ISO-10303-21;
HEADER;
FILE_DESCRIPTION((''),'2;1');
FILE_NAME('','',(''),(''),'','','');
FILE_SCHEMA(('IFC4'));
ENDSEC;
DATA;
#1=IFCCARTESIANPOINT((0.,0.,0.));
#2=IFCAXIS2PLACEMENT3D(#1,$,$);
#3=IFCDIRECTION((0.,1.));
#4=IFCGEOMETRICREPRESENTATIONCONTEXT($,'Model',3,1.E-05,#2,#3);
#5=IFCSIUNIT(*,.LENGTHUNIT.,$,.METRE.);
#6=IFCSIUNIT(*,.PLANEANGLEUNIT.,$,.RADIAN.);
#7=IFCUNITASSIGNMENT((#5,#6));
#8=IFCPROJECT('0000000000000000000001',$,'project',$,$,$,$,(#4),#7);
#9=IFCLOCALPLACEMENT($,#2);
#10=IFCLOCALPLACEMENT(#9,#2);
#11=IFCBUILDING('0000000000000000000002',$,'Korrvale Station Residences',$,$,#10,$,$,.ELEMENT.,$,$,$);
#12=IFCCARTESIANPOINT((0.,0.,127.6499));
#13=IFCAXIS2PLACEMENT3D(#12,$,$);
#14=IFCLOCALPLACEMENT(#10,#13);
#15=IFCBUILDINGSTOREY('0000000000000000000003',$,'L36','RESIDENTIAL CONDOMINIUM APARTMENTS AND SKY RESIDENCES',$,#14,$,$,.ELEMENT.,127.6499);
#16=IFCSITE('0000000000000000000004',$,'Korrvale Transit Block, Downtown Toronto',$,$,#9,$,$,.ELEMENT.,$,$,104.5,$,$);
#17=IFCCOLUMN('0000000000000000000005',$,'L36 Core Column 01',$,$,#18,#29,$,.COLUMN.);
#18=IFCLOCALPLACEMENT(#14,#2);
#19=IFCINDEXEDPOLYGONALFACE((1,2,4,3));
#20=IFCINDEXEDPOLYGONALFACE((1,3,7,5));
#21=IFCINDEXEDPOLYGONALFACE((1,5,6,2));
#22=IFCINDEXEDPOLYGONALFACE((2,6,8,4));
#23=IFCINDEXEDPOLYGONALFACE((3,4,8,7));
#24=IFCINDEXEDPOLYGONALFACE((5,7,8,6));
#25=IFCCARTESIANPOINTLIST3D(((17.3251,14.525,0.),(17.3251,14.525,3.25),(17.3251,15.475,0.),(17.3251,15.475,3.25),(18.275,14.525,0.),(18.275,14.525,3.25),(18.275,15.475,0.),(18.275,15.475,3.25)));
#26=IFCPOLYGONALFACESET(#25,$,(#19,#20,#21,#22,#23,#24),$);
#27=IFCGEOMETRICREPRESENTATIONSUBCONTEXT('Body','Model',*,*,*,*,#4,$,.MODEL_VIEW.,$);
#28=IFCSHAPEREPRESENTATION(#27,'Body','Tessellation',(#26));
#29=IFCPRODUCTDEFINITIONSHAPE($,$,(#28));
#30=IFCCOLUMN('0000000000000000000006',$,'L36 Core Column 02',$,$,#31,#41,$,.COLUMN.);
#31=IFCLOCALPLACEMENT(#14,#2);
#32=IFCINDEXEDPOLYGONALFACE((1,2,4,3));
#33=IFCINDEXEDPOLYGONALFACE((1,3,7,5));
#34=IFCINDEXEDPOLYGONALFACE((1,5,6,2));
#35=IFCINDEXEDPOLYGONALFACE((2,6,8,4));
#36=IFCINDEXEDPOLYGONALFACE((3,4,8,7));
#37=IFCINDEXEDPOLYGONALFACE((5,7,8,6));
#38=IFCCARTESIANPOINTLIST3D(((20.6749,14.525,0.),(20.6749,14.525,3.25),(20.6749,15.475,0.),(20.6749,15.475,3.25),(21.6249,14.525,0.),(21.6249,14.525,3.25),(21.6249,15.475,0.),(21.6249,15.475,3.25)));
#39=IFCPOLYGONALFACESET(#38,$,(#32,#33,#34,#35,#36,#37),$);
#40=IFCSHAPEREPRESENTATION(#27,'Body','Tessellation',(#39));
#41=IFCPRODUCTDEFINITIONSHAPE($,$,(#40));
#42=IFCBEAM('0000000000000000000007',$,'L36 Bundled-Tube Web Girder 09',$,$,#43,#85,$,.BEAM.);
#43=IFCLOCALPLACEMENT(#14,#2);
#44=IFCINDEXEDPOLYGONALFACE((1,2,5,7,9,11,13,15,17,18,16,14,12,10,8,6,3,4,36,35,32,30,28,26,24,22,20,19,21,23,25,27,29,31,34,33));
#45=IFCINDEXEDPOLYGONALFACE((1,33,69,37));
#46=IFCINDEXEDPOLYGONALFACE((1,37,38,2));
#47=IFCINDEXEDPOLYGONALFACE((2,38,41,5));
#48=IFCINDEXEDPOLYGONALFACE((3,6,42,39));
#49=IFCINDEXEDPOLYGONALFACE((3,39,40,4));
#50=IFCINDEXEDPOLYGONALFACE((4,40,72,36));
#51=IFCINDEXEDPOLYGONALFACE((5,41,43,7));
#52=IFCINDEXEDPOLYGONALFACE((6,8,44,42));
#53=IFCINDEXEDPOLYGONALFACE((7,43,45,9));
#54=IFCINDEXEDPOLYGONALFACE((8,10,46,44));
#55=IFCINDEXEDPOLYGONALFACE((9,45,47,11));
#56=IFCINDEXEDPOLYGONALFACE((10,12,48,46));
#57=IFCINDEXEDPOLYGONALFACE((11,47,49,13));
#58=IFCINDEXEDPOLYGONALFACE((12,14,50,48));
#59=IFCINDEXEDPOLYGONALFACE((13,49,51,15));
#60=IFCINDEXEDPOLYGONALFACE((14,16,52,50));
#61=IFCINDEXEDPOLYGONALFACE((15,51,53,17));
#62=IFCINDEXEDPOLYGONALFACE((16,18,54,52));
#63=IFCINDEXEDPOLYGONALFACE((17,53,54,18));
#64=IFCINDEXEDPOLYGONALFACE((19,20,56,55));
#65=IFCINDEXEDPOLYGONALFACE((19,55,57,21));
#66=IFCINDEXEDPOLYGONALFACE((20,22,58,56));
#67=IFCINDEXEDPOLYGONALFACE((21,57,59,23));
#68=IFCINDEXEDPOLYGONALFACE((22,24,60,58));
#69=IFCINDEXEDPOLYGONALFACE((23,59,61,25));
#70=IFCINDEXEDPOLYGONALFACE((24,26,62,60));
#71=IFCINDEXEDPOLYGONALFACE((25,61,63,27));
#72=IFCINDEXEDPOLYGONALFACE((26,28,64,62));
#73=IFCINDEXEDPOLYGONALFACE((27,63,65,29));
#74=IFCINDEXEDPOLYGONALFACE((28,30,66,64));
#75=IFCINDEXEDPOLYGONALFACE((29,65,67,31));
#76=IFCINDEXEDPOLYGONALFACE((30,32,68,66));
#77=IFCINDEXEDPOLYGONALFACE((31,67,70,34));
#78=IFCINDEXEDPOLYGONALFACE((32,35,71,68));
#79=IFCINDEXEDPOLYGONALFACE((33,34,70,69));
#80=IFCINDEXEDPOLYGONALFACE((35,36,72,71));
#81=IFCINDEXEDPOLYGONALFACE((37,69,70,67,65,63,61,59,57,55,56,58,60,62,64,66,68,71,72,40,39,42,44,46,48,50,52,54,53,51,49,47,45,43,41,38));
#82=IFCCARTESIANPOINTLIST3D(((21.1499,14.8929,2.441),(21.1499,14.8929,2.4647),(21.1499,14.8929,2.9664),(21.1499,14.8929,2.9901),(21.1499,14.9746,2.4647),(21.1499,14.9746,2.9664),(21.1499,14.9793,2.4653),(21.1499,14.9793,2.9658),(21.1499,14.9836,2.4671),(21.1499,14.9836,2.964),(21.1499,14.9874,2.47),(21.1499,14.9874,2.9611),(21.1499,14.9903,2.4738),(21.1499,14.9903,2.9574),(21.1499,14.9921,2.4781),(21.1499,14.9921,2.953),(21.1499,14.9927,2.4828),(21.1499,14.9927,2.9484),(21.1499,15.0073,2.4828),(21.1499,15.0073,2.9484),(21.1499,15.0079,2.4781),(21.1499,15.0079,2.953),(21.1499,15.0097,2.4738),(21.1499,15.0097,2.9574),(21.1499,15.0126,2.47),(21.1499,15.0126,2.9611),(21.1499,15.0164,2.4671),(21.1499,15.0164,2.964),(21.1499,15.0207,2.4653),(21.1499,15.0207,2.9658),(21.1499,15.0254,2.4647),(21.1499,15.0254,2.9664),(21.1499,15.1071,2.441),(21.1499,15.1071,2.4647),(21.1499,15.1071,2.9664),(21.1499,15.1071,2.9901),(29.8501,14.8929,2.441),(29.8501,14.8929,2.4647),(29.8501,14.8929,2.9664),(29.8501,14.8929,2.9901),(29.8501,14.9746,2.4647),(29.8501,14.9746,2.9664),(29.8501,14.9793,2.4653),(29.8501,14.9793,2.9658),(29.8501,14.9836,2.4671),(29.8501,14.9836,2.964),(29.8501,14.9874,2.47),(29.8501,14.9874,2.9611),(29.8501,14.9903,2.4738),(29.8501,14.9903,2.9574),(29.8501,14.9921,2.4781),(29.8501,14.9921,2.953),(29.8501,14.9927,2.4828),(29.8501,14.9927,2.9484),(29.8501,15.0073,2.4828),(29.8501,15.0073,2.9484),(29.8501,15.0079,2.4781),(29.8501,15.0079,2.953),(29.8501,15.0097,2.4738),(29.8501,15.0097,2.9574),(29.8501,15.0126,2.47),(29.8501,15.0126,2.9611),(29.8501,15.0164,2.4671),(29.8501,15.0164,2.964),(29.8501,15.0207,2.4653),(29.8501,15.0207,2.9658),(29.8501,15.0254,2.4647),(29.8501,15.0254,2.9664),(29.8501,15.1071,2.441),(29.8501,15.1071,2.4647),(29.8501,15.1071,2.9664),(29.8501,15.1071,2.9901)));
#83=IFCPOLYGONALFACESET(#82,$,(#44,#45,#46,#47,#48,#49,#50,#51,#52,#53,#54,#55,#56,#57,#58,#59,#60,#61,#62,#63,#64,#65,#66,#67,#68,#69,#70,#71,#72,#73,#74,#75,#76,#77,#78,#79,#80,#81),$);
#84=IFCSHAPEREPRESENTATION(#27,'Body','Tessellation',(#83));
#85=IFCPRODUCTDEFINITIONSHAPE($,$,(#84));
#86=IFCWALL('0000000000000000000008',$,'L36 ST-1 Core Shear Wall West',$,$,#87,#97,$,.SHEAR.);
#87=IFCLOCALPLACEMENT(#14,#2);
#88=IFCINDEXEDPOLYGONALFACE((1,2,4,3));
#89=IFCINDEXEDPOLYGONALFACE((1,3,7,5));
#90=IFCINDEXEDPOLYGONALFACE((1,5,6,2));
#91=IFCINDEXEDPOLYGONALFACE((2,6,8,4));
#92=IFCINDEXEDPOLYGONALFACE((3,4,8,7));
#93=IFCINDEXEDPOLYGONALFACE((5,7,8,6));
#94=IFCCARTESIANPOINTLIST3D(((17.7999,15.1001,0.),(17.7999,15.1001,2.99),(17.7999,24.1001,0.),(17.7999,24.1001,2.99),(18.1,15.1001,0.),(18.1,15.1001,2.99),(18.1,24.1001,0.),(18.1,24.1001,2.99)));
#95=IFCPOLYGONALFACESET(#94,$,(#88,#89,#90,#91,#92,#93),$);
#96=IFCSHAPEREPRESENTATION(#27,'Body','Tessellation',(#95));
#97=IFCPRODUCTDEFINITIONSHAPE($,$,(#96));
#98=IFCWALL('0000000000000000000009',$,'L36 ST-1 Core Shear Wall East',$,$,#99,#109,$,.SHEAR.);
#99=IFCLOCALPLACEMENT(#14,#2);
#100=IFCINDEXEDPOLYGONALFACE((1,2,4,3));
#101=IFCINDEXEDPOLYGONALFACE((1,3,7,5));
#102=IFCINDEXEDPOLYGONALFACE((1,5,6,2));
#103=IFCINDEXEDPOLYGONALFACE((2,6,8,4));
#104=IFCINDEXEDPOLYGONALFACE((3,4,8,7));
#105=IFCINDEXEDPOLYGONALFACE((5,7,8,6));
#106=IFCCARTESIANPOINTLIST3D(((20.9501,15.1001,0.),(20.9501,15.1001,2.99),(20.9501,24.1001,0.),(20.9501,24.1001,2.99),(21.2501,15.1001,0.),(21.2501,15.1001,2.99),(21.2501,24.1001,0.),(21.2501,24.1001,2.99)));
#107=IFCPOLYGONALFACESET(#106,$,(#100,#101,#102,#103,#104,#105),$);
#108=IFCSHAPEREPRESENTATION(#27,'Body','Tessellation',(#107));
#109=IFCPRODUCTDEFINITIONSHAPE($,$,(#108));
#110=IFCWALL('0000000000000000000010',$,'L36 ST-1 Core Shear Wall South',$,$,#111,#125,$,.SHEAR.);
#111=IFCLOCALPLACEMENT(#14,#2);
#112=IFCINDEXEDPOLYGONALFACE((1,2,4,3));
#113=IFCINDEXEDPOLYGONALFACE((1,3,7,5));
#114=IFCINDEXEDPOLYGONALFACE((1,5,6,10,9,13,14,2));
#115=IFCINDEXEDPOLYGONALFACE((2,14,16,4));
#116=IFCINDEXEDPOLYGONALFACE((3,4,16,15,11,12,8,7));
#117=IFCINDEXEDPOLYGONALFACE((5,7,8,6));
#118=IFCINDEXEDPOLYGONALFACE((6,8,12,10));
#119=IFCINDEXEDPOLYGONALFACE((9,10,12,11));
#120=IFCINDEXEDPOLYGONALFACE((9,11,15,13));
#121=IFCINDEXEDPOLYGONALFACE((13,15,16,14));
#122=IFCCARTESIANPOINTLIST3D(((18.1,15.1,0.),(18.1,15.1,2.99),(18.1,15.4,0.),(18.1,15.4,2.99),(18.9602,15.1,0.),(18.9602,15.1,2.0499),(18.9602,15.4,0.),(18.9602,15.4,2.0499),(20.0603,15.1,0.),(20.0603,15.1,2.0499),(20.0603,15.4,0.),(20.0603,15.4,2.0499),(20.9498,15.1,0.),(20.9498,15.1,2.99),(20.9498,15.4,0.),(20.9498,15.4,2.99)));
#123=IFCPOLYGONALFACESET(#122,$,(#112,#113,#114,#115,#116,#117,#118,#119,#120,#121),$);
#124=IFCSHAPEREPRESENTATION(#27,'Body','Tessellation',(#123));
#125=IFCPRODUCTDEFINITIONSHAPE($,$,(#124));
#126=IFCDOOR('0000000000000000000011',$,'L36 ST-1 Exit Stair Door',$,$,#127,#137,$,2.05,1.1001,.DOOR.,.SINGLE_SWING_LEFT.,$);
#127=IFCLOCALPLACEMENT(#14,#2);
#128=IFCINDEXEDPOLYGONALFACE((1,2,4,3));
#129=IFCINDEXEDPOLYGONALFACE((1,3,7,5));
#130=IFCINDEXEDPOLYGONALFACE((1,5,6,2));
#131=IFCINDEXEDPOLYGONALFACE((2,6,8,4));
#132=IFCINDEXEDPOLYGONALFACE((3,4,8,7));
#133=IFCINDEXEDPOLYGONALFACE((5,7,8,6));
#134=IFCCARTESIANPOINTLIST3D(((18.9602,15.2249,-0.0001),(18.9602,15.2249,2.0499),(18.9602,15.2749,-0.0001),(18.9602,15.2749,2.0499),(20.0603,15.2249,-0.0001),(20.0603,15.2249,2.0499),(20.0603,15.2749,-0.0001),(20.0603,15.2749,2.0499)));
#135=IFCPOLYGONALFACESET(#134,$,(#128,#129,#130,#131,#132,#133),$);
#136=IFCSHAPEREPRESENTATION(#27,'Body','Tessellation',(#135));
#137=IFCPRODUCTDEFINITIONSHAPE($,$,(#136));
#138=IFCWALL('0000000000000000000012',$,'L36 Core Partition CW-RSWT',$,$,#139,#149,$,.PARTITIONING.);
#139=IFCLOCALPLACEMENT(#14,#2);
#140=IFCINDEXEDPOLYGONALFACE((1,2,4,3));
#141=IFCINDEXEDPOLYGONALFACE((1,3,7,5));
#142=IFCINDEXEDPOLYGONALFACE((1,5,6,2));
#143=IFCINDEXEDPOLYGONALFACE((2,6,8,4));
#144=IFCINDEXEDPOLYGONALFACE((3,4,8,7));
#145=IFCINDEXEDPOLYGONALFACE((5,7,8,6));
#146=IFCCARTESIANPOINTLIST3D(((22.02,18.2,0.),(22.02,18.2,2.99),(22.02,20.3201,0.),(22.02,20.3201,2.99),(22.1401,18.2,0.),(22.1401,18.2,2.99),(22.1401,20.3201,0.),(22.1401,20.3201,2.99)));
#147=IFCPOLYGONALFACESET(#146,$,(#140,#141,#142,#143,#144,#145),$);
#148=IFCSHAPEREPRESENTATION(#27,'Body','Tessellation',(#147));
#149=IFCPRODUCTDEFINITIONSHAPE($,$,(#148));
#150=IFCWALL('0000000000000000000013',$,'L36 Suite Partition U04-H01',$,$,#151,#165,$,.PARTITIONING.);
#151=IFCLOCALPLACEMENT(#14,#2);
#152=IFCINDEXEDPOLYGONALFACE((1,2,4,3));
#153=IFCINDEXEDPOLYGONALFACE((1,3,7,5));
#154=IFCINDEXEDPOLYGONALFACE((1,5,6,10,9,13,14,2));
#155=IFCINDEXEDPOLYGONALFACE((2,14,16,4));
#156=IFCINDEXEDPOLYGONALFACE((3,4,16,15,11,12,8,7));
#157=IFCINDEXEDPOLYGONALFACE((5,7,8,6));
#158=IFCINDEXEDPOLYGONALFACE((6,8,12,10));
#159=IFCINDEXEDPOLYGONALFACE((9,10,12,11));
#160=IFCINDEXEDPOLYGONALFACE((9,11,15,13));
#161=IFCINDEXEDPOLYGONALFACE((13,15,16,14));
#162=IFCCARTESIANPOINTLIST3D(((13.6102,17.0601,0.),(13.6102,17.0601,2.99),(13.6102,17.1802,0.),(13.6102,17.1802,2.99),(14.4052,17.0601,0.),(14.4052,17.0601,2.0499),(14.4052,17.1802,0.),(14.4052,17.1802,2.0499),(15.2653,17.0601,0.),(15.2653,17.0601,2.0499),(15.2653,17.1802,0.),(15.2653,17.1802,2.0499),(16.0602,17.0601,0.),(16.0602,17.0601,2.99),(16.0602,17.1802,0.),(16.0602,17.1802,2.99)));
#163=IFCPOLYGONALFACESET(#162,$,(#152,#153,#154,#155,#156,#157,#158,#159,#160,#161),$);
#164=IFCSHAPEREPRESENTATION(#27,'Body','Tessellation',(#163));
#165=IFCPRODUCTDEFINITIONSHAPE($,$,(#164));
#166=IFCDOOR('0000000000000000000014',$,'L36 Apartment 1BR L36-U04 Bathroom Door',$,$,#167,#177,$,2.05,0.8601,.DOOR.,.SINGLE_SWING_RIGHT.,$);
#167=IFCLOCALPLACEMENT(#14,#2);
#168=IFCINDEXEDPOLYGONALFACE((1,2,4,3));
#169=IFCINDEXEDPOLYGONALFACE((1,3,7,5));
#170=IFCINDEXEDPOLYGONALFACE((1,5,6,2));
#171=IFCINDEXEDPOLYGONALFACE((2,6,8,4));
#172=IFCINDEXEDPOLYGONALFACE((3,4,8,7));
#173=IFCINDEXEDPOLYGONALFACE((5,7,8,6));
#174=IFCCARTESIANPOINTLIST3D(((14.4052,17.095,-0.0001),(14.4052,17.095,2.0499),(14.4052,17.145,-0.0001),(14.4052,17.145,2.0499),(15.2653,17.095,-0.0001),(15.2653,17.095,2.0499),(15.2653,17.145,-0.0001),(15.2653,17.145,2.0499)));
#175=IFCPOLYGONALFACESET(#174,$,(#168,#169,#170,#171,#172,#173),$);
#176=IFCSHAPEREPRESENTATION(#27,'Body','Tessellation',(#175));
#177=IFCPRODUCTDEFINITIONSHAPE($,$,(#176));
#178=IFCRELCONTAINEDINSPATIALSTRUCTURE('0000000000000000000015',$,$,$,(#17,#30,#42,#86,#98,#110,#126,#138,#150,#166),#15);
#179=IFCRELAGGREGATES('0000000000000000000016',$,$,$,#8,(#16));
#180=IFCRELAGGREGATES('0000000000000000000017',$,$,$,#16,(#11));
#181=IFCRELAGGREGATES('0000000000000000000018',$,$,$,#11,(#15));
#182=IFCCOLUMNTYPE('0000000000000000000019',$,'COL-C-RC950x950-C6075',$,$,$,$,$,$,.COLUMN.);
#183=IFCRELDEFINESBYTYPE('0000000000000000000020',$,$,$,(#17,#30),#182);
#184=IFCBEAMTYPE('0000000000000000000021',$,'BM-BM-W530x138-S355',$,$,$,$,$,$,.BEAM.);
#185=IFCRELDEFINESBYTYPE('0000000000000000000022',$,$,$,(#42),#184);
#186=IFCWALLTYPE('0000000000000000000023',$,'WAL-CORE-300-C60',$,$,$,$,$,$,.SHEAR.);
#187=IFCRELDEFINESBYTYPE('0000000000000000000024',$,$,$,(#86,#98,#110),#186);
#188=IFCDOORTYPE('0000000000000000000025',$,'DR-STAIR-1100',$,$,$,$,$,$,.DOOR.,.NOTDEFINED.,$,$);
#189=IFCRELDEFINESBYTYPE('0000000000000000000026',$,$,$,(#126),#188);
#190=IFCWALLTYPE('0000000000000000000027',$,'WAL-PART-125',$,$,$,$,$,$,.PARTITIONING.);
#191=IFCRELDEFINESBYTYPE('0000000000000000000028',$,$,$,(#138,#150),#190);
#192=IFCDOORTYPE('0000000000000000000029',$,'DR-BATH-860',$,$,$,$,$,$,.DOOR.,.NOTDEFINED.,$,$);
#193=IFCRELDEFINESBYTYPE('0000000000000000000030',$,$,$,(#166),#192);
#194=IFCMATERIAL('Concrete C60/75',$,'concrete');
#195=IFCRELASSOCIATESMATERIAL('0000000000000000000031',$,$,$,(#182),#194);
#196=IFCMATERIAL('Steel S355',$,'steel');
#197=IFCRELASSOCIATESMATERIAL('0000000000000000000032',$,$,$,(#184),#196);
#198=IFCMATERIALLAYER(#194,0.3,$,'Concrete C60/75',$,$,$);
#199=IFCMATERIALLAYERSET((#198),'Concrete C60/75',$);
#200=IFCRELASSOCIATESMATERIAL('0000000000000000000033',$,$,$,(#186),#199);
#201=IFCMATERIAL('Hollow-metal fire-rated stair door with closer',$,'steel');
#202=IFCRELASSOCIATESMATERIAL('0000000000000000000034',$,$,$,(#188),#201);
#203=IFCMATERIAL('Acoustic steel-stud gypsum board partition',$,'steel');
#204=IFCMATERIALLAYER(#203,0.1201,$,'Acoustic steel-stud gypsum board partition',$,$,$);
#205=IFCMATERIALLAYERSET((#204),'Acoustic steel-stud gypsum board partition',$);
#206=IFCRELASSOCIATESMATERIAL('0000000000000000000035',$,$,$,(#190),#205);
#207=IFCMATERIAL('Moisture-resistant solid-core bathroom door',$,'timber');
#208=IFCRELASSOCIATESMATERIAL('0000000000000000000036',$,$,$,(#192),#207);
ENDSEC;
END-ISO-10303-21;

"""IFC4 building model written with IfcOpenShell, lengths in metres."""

from ifc_helpers import new_model, si_unit, direction, frame, frame_2d, origin, origin_2d, place, context, subcontext, project, spatial, rectangle, i_section, extrude, material, layer, layer_set, material_profile, profile_set, type_object, element, fill, save


model = new_model("IFC4")

# Units and contexts
model_context = context("Model", 3, precision=1e-05, world=origin(), true_north=direction((0.0, 1.0)))
body_context = subcontext(model_context, "Body", "Model", "MODEL_VIEW")
ifc_project = project(units=[si_unit("LENGTHUNIT", "METRE"), si_unit("PLANEANGLEUNIT", "RADIAN")], contexts=[model_context])

# Site, building, storey
site_placement = place(None, origin())
site = spatial("IfcSite", under=ifc_project, at=site_placement, Name="Korrvale Transit Block, Downtown Toronto", CompositionType="ELEMENT", RefElevation=104.5)
building_placement = place(site_placement, origin())
building = spatial("IfcBuilding", under=site, at=building_placement, Name="Korrvale Station Residences", CompositionType="ELEMENT")
storey_placement = place(building_placement, frame((0.0, 0.0, 127.6499)))
storey = spatial("IfcBuildingStorey", under=building, at=storey_placement, Name="L36", Description="RESIDENTIAL CONDOMINIUM APARTMENTS AND SKY RESIDENCES", CompositionType="ELEMENT", Elevation=127.6499)

# Columns
ifc_material_1 = material(Name="Concrete C60/75", Category="concrete")
ifc_material_profile_1 = material_profile(ifc_material_1, rectangle(XDim=0.95, YDim=0.95, at=origin_2d()), Name="RC950x950")
ifc_profile_set_1 = profile_set([ifc_material_profile_1], Name="Concrete C60/75")
column_type = type_object("IfcColumnType", Name="COL-C-RC950x950-C6075", PredefinedType="COLUMN", material=ifc_profile_set_1)
for number, where, z_axis, x_axis, name in (
    (1, (17.8, 15.0, 0.0), (0.0, 0.0, 1.0), (1.0, 0.0, 0.0), "L36 Core Column 01"),
    (2, (21.1499, 15.0, 0.0), (0.0, 0.0, 1.0), (1.0, 0.0, 0.0), "L36 Core Column 02"),
):
    element("IfcColumn", number, at=place(storey_placement, frame(where, z_axis=z_axis, x_axis=x_axis)), inside=storey, type_object=column_type, Name=name, PredefinedType="COLUMN", context=body_context, shape_type="SweptSolid", body=[
        extrude(rectangle(XDim=0.95, YDim=0.95, at=origin_2d()), origin(), (0.0, 0.0, 1.0), 3.25),
    ])

# Beam
ifc_material_2 = material(Name="Steel S355", Category="steel")
ifc_material_profile_2 = material_profile(ifc_material_2, i_section(OverallWidth=0.2141, OverallDepth=0.5491, WebThickness=0.0146, FlangeThickness=0.0237, FilletRadius=0.0181, at=origin_2d()), Name="W530x138")
ifc_profile_set_2 = profile_set([ifc_material_profile_2], Name="Steel S355")
beam_type = type_object("IfcBeamType", Name="BM-BM-W530x138-S355", PredefinedType="BEAM", material=ifc_profile_set_2)
beam_placement = place(storey_placement, frame((21.1499, 15.0, 2.7156), z_axis=(1.0, 0.0, 0.0), x_axis=(0.0, 1.0, 0.0)))
element("IfcBeam", 3, at=beam_placement, inside=storey, type_object=beam_type, Name="L36 Bundled-Tube Web Girder 09", PredefinedType="BEAM", context=body_context, shape_type="SweptSolid", body=[
    extrude(i_section(OverallWidth=0.2141, OverallDepth=0.5491, WebThickness=0.0146, FlangeThickness=0.0237, FilletRadius=0.0181, at=origin_2d()), origin(), (0.0, 0.0, 1.0), 8.7002),
])

# Walls
ifc_layer_1 = layer(ifc_material_1, 0.3, Name="Concrete C60/75")
ifc_layer_set_1 = layer_set([ifc_layer_1], Name="Concrete C60/75")
wall_type_1 = type_object("IfcWallType", Name="WAL-CORE-300-C60", PredefinedType="SHEAR", material=ifc_layer_set_1)
for number, where, z_axis, x_axis, name in (
    (4, (17.95, 15.1001, 0.0), (0.0, 0.0, 1.0), (0.0, 1.0, 0.0), "L36 ST-1 Core Shear Wall West"),
    (5, (21.1001, 15.1001, 0.0), (0.0, 0.0, 1.0), (0.0, 1.0, 0.0), "L36 ST-1 Core Shear Wall East"),
):
    element("IfcWall", number, at=place(storey_placement, frame(where, z_axis=z_axis, x_axis=x_axis)), inside=storey, type_object=wall_type_1, Name=name, PredefinedType="SHEAR", context=body_context, shape_type="SweptSolid", body=[
        extrude(rectangle(XDim=9.0, YDim=0.3, at=frame_2d((4.5, 0.0))), origin(), (0.0, 0.0, 1.0), 2.99),
    ])

# Wall, opening, door
wall_1_placement = place(storey_placement, frame((18.1001, 15.25, 0.0), z_axis=(0.0, 0.0, 1.0), x_axis=(1.0, 0.0, 0.0)))
wall_1 = element("IfcWall", 6, at=wall_1_placement, inside=storey, type_object=wall_type_1, Name="L36 ST-1 Core Shear Wall South", PredefinedType="SHEAR", context=body_context, shape_type="SweptSolid", body=[
    extrude(rectangle(XDim=2.8499, YDim=0.3, at=frame_2d((1.4248, 0.0))), origin(), (0.0, 0.0, 1.0), 2.99),
])
opening_1_placement = place(wall_1_placement, frame((0.8601, 0.0, 0.0)))
opening_1 = element("IfcOpeningElement", 7, at=opening_1_placement, cuts=wall_1, PredefinedType="OPENING", context=body_context, shape_type="SweptSolid", body=[
    extrude(rectangle(XDim=1.1001, YDim=2.05, at=frame_2d((0.55, 1.0249))), frame((0.0, 0.1602, 0.0), z_axis=(0.0, -1.0, 0.0), x_axis=(1.0, 0.0, 0.0)), (0.0, 0.0, 1.0), 0.3201),
])
ifc_material_3 = material(Name="Hollow-metal fire-rated stair door with closer", Category="steel")
door_type_1 = type_object("IfcDoorType", Name="DR-STAIR-1100", OperationType="NOTDEFINED", PredefinedType="DOOR", material=ifc_material_3)
door_1_placement = place(opening_1_placement, origin())
door_1 = element("IfcDoor", 8, at=door_1_placement, inside=storey, type_object=door_type_1, Name="L36 ST-1 Exit Stair Door", OperationType="SINGLE_SWING_LEFT", OverallHeight=2.05, OverallWidth=1.1001, PredefinedType="DOOR", context=body_context, shape_type="SweptSolid", body=[
    extrude(rectangle(XDim=1.1001, YDim=2.05, at=frame_2d((0.55, 1.0249))), frame((0.0, 0.0249, 0.0), z_axis=(0.0, -1.0, 0.0), x_axis=(1.0, 0.0, 0.0)), (0.0, 0.0, 1.0), 0.05),
])
fill(opening_1, door_1)

# Wall
ifc_material_4 = material(Name="Acoustic steel-stud gypsum board partition", Category="steel")
ifc_layer_2 = layer(ifc_material_4, 0.1201, Name="Acoustic steel-stud gypsum board partition")
ifc_layer_set_2 = layer_set([ifc_layer_2], Name="Acoustic steel-stud gypsum board partition")
wall_type_2 = type_object("IfcWallType", Name="WAL-PART-125", PredefinedType="PARTITIONING", material=ifc_layer_set_2)
wall_2_placement = place(storey_placement, frame((22.0801, 18.2, 0.0), z_axis=(0.0, 0.0, 1.0), x_axis=(0.0, 1.0, 0.0)))
element("IfcWall", 9, at=wall_2_placement, inside=storey, type_object=wall_type_2, Name="L36 Core Partition CW-RSWT", PredefinedType="PARTITIONING", context=body_context, shape_type="SweptSolid", body=[
    extrude(rectangle(XDim=2.1201, YDim=0.1201, at=frame_2d((1.0601, 0.0))), origin(), (0.0, 0.0, 1.0), 2.99),
])

# Wall, opening, door
wall_3_placement = place(storey_placement, frame((13.6101, 17.1201, 0.0), z_axis=(0.0, 0.0, 1.0), x_axis=(1.0, 0.0, 0.0)))
wall_3 = element("IfcWall", 10, at=wall_3_placement, inside=storey, type_object=wall_type_2, Name="L36 Suite Partition U04-H01", PredefinedType="PARTITIONING", context=body_context, shape_type="SweptSolid", body=[
    extrude(rectangle(XDim=2.45, YDim=0.1201, at=frame_2d((1.2251, 0.0))), origin(), (0.0, 0.0, 1.0), 2.99),
])
opening_2_placement = place(wall_3_placement, frame((0.7949, 0.0, 0.0)))
opening_2 = element("IfcOpeningElement", 11, at=opening_2_placement, cuts=wall_3, PredefinedType="OPENING", context=body_context, shape_type="SweptSolid", body=[
    extrude(rectangle(XDim=0.8601, YDim=2.05, at=frame_2d((0.4302, 1.0249))), frame((0.0, 0.0701, 0.0), z_axis=(0.0, -1.0, 0.0), x_axis=(1.0, 0.0, 0.0)), (0.0, 0.0, 1.0), 0.1401),
])
ifc_material_5 = material(Name="Moisture-resistant solid-core bathroom door", Category="timber")
door_type_2 = type_object("IfcDoorType", Name="DR-BATH-860", OperationType="NOTDEFINED", PredefinedType="DOOR", material=ifc_material_5)
door_2_placement = place(opening_2_placement, origin())
door_2 = element("IfcDoor", 12, at=door_2_placement, inside=storey, type_object=door_type_2, Name="L36 Apartment 1BR L36-U04 Bathroom Door", OperationType="SINGLE_SWING_RIGHT", OverallHeight=2.05, OverallWidth=0.8601, PredefinedType="DOOR", context=body_context, shape_type="SweptSolid", body=[
    extrude(rectangle(XDim=0.8601, YDim=2.05, at=frame_2d((0.4302, 1.0249))), frame((0.0, 0.0249, 0.0), z_axis=(0.0, -1.0, 0.0), x_axis=(1.0, 0.0, 0.0)), (0.0, 0.0, 1.0), 0.05),
])
fill(opening_2, door_2)

save(model, "model.ifc")
